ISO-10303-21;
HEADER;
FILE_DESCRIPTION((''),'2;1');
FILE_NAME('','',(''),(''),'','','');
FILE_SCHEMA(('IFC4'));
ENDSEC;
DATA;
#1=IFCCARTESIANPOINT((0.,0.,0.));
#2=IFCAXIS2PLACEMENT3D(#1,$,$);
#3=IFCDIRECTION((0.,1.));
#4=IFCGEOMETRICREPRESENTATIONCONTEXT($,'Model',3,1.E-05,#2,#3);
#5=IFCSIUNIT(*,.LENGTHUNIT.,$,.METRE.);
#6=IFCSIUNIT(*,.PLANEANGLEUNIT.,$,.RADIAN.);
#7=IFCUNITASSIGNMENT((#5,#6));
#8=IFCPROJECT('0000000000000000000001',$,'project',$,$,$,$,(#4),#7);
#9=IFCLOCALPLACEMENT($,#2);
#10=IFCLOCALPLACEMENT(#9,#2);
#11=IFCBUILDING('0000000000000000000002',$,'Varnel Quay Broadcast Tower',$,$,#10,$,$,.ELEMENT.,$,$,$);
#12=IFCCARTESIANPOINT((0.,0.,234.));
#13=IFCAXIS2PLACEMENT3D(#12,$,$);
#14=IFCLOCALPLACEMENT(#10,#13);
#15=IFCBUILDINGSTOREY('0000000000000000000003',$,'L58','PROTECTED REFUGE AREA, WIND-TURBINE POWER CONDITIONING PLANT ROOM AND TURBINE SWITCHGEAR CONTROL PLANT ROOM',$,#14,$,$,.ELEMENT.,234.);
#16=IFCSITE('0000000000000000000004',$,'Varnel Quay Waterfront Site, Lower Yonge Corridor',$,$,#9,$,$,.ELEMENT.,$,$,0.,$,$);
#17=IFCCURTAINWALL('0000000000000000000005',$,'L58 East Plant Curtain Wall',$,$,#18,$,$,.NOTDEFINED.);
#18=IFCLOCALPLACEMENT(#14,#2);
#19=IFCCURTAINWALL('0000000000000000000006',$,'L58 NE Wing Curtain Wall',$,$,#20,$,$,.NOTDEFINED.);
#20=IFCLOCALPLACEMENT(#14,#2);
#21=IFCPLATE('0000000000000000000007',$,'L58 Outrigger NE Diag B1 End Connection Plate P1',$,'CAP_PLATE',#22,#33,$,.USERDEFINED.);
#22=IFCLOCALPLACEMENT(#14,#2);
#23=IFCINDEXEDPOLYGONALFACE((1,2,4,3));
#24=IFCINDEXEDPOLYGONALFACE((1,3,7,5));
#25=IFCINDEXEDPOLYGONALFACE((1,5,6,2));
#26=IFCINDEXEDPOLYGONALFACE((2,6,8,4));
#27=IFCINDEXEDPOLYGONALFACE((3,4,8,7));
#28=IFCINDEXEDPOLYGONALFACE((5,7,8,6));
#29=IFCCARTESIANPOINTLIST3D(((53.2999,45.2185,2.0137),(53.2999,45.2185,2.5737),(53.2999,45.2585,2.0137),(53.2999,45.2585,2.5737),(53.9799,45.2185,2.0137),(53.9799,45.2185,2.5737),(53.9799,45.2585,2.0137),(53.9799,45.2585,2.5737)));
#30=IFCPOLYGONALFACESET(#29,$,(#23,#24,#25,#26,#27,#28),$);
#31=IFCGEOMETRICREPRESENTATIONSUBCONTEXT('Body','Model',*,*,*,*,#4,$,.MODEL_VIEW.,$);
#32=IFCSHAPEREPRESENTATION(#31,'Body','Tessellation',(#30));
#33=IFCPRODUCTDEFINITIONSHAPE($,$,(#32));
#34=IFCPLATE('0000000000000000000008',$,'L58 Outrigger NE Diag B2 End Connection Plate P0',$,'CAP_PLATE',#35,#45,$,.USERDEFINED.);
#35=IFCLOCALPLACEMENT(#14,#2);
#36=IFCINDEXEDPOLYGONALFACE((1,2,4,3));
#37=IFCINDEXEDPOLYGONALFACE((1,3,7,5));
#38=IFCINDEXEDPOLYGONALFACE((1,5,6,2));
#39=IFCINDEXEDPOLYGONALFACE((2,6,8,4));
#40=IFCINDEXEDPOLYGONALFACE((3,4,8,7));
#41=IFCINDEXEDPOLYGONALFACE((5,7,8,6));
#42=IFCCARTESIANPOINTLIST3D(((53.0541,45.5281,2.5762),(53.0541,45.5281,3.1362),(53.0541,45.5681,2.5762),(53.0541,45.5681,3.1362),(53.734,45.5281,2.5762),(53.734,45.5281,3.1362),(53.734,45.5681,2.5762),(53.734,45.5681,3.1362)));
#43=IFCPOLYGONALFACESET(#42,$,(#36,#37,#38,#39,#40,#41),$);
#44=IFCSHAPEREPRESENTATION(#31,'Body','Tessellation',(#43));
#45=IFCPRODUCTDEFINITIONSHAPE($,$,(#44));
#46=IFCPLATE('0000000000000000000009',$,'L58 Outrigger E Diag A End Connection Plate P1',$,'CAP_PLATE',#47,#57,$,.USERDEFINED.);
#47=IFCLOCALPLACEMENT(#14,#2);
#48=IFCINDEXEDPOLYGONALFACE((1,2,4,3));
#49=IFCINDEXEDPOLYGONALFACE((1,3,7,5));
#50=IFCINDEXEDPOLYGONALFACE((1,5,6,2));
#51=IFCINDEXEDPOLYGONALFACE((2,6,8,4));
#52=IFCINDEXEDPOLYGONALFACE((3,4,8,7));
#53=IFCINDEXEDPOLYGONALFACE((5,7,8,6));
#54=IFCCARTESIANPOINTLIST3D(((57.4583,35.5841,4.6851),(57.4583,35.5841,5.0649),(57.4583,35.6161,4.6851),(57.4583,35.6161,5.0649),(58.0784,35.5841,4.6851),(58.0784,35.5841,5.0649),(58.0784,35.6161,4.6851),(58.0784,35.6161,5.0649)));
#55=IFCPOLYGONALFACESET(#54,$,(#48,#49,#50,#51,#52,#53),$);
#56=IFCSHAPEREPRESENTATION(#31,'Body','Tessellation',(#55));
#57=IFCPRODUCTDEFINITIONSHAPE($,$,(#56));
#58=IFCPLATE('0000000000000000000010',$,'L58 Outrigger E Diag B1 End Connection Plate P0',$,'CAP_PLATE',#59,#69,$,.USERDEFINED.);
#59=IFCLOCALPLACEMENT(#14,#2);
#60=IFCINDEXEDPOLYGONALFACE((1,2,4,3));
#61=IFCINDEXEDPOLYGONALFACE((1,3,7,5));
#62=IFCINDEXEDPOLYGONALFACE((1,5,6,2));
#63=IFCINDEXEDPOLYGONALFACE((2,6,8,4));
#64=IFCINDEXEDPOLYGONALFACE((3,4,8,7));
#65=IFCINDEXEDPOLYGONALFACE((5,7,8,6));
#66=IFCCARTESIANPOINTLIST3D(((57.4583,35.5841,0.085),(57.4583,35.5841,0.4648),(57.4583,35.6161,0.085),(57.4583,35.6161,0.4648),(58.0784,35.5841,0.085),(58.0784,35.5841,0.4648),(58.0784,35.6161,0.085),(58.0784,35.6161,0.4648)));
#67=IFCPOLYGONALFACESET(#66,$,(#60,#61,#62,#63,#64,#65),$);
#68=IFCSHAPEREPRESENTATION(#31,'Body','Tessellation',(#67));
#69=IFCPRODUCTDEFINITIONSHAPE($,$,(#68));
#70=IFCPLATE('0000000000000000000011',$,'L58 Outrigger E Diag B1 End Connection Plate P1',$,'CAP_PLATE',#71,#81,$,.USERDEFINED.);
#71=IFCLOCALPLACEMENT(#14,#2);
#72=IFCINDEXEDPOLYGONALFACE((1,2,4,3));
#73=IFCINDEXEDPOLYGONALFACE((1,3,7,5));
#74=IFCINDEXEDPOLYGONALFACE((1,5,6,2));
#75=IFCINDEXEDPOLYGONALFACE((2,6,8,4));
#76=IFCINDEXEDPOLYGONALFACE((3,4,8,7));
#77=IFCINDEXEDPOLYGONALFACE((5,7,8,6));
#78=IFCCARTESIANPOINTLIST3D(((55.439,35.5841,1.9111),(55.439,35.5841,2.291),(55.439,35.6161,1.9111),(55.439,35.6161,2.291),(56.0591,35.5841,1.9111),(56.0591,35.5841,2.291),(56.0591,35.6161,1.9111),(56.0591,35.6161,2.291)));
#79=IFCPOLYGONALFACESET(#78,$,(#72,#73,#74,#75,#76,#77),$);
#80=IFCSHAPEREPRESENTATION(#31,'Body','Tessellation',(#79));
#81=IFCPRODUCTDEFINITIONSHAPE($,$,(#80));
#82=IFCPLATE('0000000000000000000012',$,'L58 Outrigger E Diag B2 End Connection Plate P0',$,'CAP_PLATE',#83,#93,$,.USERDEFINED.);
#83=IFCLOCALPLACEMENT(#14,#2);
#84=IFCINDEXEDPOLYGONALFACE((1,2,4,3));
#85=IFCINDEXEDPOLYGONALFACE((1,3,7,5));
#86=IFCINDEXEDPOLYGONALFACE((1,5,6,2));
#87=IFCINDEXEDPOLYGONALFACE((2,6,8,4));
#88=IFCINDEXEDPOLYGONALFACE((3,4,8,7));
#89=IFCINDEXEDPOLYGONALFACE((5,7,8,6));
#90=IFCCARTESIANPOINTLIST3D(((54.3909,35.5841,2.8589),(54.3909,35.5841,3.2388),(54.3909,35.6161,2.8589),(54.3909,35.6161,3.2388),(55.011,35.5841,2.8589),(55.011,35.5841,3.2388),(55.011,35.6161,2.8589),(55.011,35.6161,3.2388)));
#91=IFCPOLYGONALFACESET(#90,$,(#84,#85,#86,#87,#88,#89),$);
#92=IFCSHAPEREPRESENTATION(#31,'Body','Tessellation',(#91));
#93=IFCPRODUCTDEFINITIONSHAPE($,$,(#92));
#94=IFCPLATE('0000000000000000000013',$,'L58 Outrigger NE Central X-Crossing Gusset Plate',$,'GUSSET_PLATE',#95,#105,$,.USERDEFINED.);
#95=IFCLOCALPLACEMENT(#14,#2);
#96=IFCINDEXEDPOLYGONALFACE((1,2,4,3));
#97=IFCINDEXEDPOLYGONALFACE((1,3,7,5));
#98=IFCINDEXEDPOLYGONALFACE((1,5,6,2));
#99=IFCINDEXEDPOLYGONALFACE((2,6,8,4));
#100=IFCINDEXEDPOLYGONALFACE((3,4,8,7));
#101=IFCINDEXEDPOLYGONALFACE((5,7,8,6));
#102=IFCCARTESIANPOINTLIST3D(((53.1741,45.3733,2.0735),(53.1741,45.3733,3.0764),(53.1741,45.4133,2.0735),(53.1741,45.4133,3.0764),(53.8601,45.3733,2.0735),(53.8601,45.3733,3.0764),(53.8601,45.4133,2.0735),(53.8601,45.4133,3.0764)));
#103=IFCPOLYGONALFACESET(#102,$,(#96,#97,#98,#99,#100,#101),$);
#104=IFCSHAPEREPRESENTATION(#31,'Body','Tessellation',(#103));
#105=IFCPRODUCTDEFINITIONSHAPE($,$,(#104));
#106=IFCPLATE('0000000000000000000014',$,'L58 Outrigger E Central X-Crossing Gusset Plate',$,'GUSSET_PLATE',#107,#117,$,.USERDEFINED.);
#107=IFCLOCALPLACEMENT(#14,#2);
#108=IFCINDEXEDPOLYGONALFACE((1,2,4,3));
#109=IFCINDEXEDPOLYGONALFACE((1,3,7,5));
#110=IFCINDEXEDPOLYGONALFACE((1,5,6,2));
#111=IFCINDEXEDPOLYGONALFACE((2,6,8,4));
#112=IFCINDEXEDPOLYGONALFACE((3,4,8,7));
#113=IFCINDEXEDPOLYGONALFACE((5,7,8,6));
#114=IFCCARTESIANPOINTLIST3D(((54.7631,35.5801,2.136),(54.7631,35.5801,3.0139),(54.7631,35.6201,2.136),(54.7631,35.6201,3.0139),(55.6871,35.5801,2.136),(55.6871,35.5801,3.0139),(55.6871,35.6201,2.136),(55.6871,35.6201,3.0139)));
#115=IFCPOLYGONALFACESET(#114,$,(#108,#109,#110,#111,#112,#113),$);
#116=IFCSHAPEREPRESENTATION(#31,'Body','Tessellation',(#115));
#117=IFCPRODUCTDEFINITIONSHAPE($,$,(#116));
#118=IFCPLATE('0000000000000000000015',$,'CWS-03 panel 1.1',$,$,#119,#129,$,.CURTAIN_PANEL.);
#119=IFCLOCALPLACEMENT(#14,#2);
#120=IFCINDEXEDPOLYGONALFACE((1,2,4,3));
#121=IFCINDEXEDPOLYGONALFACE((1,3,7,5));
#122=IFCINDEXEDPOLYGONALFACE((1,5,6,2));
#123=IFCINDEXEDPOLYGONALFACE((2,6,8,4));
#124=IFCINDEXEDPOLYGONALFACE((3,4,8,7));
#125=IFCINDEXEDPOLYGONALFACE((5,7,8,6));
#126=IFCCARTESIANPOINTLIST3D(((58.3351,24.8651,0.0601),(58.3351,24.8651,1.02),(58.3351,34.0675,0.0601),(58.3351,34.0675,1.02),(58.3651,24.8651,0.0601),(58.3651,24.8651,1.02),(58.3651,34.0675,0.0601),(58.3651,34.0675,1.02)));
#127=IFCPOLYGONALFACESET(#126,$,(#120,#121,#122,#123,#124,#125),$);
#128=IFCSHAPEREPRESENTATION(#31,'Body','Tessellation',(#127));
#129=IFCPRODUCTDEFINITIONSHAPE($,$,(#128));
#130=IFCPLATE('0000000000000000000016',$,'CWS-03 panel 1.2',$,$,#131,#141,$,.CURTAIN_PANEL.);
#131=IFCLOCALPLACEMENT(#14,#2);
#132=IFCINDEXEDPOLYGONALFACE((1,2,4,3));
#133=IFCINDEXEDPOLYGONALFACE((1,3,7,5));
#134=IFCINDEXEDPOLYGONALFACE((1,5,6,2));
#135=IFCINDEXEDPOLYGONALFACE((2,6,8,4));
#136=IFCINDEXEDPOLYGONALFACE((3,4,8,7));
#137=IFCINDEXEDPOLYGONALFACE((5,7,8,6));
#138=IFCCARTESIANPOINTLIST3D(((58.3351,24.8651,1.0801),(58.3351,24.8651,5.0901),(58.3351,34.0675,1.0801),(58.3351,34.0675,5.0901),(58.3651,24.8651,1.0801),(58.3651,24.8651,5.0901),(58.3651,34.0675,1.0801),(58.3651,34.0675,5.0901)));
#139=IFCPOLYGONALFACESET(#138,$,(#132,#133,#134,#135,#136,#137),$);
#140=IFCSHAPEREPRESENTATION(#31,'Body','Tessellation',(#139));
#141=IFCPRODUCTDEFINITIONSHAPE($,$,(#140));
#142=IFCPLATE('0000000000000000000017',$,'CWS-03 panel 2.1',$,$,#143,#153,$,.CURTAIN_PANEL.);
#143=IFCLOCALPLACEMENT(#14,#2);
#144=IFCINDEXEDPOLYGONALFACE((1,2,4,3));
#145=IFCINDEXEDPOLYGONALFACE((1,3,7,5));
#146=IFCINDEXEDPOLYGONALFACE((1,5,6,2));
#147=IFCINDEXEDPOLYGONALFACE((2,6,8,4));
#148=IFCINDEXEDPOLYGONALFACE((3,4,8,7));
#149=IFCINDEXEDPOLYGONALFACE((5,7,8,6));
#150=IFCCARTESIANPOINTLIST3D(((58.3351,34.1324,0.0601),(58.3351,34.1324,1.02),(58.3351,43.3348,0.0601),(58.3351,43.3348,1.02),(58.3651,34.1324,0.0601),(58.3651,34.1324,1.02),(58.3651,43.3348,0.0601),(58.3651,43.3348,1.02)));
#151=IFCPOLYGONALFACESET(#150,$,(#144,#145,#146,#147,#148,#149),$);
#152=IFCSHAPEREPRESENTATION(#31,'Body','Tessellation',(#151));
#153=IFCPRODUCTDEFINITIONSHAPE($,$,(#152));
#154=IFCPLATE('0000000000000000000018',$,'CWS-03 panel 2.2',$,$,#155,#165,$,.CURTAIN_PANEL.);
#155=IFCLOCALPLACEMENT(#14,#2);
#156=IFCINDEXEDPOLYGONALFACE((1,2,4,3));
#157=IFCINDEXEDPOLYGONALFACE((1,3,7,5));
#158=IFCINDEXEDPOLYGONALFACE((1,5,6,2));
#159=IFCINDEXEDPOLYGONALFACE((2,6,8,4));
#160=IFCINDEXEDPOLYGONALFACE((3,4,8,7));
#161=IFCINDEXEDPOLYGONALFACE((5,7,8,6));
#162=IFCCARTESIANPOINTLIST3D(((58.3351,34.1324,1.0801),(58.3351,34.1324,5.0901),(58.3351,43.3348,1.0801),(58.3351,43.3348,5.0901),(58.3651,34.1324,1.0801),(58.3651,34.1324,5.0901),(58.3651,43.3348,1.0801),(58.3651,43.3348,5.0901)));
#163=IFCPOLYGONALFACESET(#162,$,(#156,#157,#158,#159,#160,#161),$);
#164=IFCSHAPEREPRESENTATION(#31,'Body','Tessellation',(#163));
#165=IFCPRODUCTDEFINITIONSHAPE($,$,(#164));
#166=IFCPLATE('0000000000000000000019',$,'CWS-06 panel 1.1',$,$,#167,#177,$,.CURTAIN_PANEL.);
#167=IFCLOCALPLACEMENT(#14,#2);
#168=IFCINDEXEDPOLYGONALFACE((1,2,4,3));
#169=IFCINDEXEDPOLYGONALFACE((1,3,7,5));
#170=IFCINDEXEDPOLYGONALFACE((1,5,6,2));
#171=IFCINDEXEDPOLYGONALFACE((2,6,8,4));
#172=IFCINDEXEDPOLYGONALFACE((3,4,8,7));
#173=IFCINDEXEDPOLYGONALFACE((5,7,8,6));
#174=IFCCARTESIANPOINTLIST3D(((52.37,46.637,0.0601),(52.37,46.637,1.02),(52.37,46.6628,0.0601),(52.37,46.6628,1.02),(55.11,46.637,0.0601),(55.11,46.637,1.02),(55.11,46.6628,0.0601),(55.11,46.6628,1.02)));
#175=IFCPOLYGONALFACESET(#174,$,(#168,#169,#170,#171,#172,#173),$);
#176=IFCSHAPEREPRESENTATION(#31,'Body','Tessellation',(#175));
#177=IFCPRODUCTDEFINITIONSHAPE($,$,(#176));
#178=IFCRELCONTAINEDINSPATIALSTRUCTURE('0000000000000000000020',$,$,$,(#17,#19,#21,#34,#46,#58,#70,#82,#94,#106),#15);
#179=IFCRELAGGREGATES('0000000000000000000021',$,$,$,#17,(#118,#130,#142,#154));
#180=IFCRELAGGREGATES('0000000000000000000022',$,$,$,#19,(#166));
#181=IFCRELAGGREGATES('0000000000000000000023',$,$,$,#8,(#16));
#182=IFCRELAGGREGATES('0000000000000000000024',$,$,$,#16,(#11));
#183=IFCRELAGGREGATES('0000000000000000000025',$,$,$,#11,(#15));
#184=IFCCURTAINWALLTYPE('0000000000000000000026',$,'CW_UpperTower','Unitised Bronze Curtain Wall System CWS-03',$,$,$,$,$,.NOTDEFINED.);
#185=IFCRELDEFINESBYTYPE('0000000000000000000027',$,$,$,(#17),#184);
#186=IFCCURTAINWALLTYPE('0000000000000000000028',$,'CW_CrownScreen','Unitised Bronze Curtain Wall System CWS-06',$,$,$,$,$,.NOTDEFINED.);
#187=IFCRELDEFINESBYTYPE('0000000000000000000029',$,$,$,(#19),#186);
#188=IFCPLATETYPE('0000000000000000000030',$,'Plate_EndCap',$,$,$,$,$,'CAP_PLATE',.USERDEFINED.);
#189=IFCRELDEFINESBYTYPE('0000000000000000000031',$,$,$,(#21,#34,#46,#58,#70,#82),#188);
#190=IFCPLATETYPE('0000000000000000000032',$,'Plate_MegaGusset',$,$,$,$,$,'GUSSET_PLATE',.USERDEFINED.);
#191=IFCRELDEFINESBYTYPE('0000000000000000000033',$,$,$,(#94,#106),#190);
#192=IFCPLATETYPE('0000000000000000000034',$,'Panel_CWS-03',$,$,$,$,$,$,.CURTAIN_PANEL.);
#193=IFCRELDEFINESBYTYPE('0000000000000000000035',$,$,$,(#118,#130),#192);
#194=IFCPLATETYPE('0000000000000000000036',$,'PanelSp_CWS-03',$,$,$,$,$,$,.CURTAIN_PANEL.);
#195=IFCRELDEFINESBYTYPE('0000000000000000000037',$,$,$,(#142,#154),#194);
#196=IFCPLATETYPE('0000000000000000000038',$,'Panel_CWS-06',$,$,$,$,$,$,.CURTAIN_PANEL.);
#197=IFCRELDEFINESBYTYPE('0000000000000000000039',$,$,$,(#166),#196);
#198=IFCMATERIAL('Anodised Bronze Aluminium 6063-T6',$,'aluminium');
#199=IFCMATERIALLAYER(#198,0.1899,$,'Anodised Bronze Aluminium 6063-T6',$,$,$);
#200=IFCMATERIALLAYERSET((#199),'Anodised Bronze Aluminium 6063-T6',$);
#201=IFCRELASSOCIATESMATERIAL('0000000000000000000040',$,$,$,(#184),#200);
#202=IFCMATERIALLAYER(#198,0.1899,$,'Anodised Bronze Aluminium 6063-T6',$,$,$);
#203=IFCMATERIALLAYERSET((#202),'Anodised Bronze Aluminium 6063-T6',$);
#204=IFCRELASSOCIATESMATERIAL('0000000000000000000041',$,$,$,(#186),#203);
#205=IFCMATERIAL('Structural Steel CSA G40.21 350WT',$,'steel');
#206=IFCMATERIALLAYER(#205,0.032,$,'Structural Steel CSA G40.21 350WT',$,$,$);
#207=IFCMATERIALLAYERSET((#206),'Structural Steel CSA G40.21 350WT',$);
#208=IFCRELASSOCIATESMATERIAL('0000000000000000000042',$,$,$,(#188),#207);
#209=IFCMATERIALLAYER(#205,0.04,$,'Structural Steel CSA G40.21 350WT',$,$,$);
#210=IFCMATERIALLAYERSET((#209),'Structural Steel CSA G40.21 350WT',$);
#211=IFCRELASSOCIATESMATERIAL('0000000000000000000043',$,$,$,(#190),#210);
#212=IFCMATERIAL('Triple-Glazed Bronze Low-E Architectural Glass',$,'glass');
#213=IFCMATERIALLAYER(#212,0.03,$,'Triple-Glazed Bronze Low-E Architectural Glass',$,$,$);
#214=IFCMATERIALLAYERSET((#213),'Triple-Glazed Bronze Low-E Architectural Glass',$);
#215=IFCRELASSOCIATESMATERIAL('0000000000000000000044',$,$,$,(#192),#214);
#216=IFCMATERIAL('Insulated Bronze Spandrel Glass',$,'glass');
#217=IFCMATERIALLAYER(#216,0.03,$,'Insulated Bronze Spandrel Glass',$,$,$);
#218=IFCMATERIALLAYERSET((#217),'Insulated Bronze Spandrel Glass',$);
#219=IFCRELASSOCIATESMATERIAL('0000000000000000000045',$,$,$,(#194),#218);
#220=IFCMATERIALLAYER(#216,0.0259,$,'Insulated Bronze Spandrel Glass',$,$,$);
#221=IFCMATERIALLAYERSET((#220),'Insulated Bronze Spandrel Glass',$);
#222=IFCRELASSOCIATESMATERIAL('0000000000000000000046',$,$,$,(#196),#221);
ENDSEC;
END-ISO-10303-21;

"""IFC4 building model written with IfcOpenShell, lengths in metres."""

from ifc_helpers import new_model, si_unit, direction, frame, origin, origin_2d, place, context, subcontext, project, spatial, rectangle, extrude, source, transform, mapped, material, layer, layer_set, type_object, type_shapes, element, aggregate, save


model = new_model("IFC4")

# Units and contexts
model_context = context("Model", 3, precision=1e-05, world=origin(), true_north=direction((0.0, 1.0)))
body_context = subcontext(model_context, "Body", "Model", "MODEL_VIEW")
ifc_project = project(units=[si_unit("LENGTHUNIT", "METRE"), si_unit("PLANEANGLEUNIT", "RADIAN")], contexts=[model_context])

# Site, building, storey
site_placement = place(None, origin())
site = spatial("IfcSite", under=ifc_project, at=site_placement, Name="Varnel Quay Waterfront Site, Lower Yonge Corridor", CompositionType="ELEMENT", RefElevation=0.0)
building_placement = place(site_placement, origin())
building = spatial("IfcBuilding", under=site, at=building_placement, Name="Varnel Quay Broadcast Tower", CompositionType="ELEMENT")
storey_placement = place(building_placement, frame((0.0, 0.0, 234.0)))
storey = spatial("IfcBuildingStorey", under=building, at=storey_placement, Name="L58", Description="PROTECTED REFUGE AREA, WIND-TURBINE POWER CONDITIONING PLANT ROOM AND TURBINE SWITCHGEAR CONTROL PLANT ROOM", CompositionType="ELEMENT", Elevation=234.0)

# Shared definitions
ifc_material_1 = material(Name="Structural Steel CSA G40.21 350WT", Category="steel")

# Curtain wall
ifc_material_2 = material(Name="Anodised Bronze Aluminium 6063-T6", Category="aluminium")
ifc_layer_1 = layer(ifc_material_2, 0.1899, Name="Anodised Bronze Aluminium 6063-T6")
ifc_layer_set_1 = layer_set([ifc_layer_1], Name="Anodised Bronze Aluminium 6063-T6")
curtain_wall_type_1 = type_object("IfcCurtainWallType", Name="CW_UpperTower", Description="Unitised Bronze Curtain Wall System CWS-03", PredefinedType="NOTDEFINED", material=ifc_layer_set_1)
curtain_wall_1_placement = place(storey_placement, origin())
curtain_wall_1 = element("IfcCurtainWall", 1, at=curtain_wall_1_placement, inside=storey, type_object=curtain_wall_type_1, Name="L58 East Plant Curtain Wall", PredefinedType="NOTDEFINED")

# Curtain wall
ifc_layer_2 = layer(ifc_material_2, 0.1899, Name="Anodised Bronze Aluminium 6063-T6")
ifc_layer_set_2 = layer_set([ifc_layer_2], Name="Anodised Bronze Aluminium 6063-T6")
curtain_wall_type_2 = type_object("IfcCurtainWallType", Name="CW_CrownScreen", Description="Unitised Bronze Curtain Wall System CWS-06", PredefinedType="NOTDEFINED", material=ifc_layer_set_2)
curtain_wall_2_placement = place(storey_placement, origin())
curtain_wall_2 = element("IfcCurtainWall", 2, at=curtain_wall_2_placement, inside=storey, type_object=curtain_wall_type_2, Name="L58 NE Wing Curtain Wall", PredefinedType="NOTDEFINED")

# Plates
ifc_layer_3 = layer(ifc_material_1, 0.032, Name="Structural Steel CSA G40.21 350WT")
ifc_layer_set_3 = layer_set([ifc_layer_3], Name="Structural Steel CSA G40.21 350WT")
plate_type_1 = type_object("IfcPlateType", Name="Plate_EndCap", ElementType="CAP_PLATE", PredefinedType="USERDEFINED", material=ifc_layer_set_3)
shared_shape_1 = source(origin(), body_context, "Body", "SweptSolid", [
    extrude(rectangle(XDim=0.6799, YDim=0.04, at=origin_2d()), origin(), (0.0, 0.0, 1.0), 0.5601),
])
for number, where, z_axis, x_axis, name in (
    (3, (53.6399, 45.2385, 2.0137), (0.0, 0.0, 1.0), (1.0, 0.0, 0.0), "L58 Outrigger NE Diag B1 End Connection Plate P1"),
    (4, (53.394, 45.5481, 2.5762), (0.0, 0.0, 1.0), (1.0, 0.0, 0.0), "L58 Outrigger NE Diag B2 End Connection Plate P0"),
):
    element("IfcPlate", number, at=place(storey_placement, frame(where, z_axis=z_axis, x_axis=x_axis)), inside=storey, type_object=plate_type_1, Name=name, ObjectType="CAP_PLATE", PredefinedType="USERDEFINED", context=body_context, shape_type="MappedRepresentation", body=[
        mapped(shared_shape_1, transform((0.0, 0.0, 0.0), x_axis=(1.0, 0.0, 0.0), y_axis=(0.0, 1.0, 0.0), z_axis=(0.0, 0.0, 1.0), scale=1.0)),
    ])
shared_shape_2 = source(origin(), body_context, "Body", "SweptSolid", [
    extrude(rectangle(XDim=0.6201, YDim=0.032, at=origin_2d()), origin(), (0.0, 0.0, 1.0), 0.3799),
])
for number, where, z_axis, x_axis, name in (
    (5, (57.7683, 35.6001, 4.6851), (0.0, 0.0, 1.0), (1.0, 0.0, 0.0), "L58 Outrigger E Diag A End Connection Plate P1"),
    (6, (57.7683, 35.6001, 0.085), (0.0, 0.0, 1.0), (1.0, 0.0, 0.0), "L58 Outrigger E Diag B1 End Connection Plate P0"),
    (7, (55.749, 35.6001, 1.9111), (0.0, 0.0, 1.0), (1.0, 0.0, 0.0), "L58 Outrigger E Diag B1 End Connection Plate P1"),
    (8, (54.7009, 35.6001, 2.8589), (0.0, 0.0, 1.0), (1.0, 0.0, 0.0), "L58 Outrigger E Diag B2 End Connection Plate P0"),
):
    element("IfcPlate", number, at=place(storey_placement, frame(where, z_axis=z_axis, x_axis=x_axis)), inside=storey, type_object=plate_type_1, Name=name, ObjectType="CAP_PLATE", PredefinedType="USERDEFINED", context=body_context, shape_type="MappedRepresentation", body=[
        mapped(shared_shape_2, transform((0.0, 0.0, 0.0), x_axis=(1.0, 0.0, 0.0), y_axis=(0.0, 1.0, 0.0), z_axis=(0.0, 0.0, 1.0), scale=1.0)),
    ])
ifc_layer_4 = layer(ifc_material_1, 0.04, Name="Structural Steel CSA G40.21 350WT")
ifc_layer_set_4 = layer_set([ifc_layer_4], Name="Structural Steel CSA G40.21 350WT")
plate_type_2 = type_object("IfcPlateType", Name="Plate_MegaGusset", ElementType="GUSSET_PLATE", PredefinedType="USERDEFINED", material=ifc_layer_set_4)
shared_shape_3 = source(origin(), body_context, "Body", "SweptSolid", [
    extrude(rectangle(XDim=0.686, YDim=0.04, at=origin_2d()), origin(), (0.0, 0.0, 1.0), 1.0029),
])
plate_1_placement = place(storey_placement, frame((53.5171, 45.3933, 2.0735), z_axis=(0.0, 0.0, 1.0), x_axis=(1.0, 0.0, 0.0)))
element("IfcPlate", 9, at=plate_1_placement, inside=storey, type_object=plate_type_2, Name="L58 Outrigger NE Central X-Crossing Gusset Plate", ObjectType="GUSSET_PLATE", PredefinedType="USERDEFINED", context=body_context, shape_type="MappedRepresentation", body=[
    mapped(shared_shape_3, transform((0.0, 0.0, 0.0), x_axis=(1.0, 0.0, 0.0), y_axis=(0.0, 1.0, 0.0), z_axis=(0.0, 0.0, 1.0), scale=1.0)),
])
shared_shape_4 = source(origin(), body_context, "Body", "SweptSolid", [
    extrude(rectangle(XDim=0.9241, YDim=0.04, at=origin_2d()), origin(), (0.0, 0.0, 1.0), 0.8779),
])
type_shapes(plate_type_2, [shared_shape_3, shared_shape_4])
plate_2_placement = place(storey_placement, frame((55.2251, 35.6001, 2.136), z_axis=(0.0, 0.0, 1.0), x_axis=(1.0, 0.0, 0.0)))
element("IfcPlate", 10, at=plate_2_placement, inside=storey, type_object=plate_type_2, Name="L58 Outrigger E Central X-Crossing Gusset Plate", ObjectType="GUSSET_PLATE", PredefinedType="USERDEFINED", context=body_context, shape_type="MappedRepresentation", body=[
    mapped(shared_shape_4, transform((0.0, 0.0, 0.0), x_axis=(1.0, 0.0, 0.0), y_axis=(0.0, 1.0, 0.0), z_axis=(0.0, 0.0, 1.0), scale=1.0)),
])

# Plates
ifc_material_3 = material(Name="Triple-Glazed Bronze Low-E Architectural Glass", Category="glass")
ifc_layer_5 = layer(ifc_material_3, 0.03, Name="Triple-Glazed Bronze Low-E Architectural Glass")
ifc_layer_set_5 = layer_set([ifc_layer_5], Name="Triple-Glazed Bronze Low-E Architectural Glass")
plate_type_3 = type_object("IfcPlateType", Name="Panel_CWS-03", PredefinedType="CURTAIN_PANEL", material=ifc_layer_set_5)
shared_shape_5 = source(origin(), body_context, "Body", "SweptSolid", [
    extrude(rectangle(XDim=9.2024, YDim=0.03, at=origin_2d()), origin(), (0.0, 0.0, 1.0), 0.96),
])
plate_3_placement = place(storey_placement, frame((58.3501, 29.4663, 0.0601), z_axis=(0.0, 0.0, 1.0), x_axis=(0.0, 1.0, 0.0)))
plate_3 = element("IfcPlate", 11, at=plate_3_placement, type_object=plate_type_3, Name="CWS-03 panel 1.1", PredefinedType="CURTAIN_PANEL", context=body_context, shape_type="MappedRepresentation", body=[
    mapped(shared_shape_5, transform((0.0, 0.0, 0.0), x_axis=(1.0, 0.0, 0.0), y_axis=(0.0, 1.0, 0.0), z_axis=(0.0, 0.0, 1.0), scale=1.0)),
])
shared_shape_6 = source(origin(), body_context, "Body", "SweptSolid", [
    extrude(rectangle(XDim=9.2024, YDim=0.03, at=origin_2d()), origin(), (0.0, 0.0, 1.0), 4.01),
])
type_shapes(plate_type_3, [shared_shape_5, shared_shape_6])
plate_4_placement = place(storey_placement, frame((58.3501, 29.4663, 1.0801), z_axis=(0.0, 0.0, 1.0), x_axis=(0.0, 1.0, 0.0)))
plate_4 = element("IfcPlate", 12, at=plate_4_placement, type_object=plate_type_3, Name="CWS-03 panel 1.2", PredefinedType="CURTAIN_PANEL", context=body_context, shape_type="MappedRepresentation", body=[
    mapped(shared_shape_6, transform((0.0, 0.0, 0.0), x_axis=(1.0, 0.0, 0.0), y_axis=(0.0, 1.0, 0.0), z_axis=(0.0, 0.0, 1.0), scale=1.0)),
])
ifc_material_4 = material(Name="Insulated Bronze Spandrel Glass", Category="glass")
ifc_layer_6 = layer(ifc_material_4, 0.03, Name="Insulated Bronze Spandrel Glass")
ifc_layer_set_6 = layer_set([ifc_layer_6], Name="Insulated Bronze Spandrel Glass")
plate_type_4 = type_object("IfcPlateType", Name="PanelSp_CWS-03", PredefinedType="CURTAIN_PANEL", material=ifc_layer_set_6)
shared_shape_7 = source(origin(), body_context, "Body", "SweptSolid", [
    extrude(rectangle(XDim=9.2024, YDim=0.03, at=origin_2d()), origin(), (0.0, 0.0, 1.0), 0.96),
])
plate_5_placement = place(storey_placement, frame((58.3501, 38.7336, 0.0601), z_axis=(0.0, 0.0, 1.0), x_axis=(0.0, 1.0, 0.0)))
plate_5 = element("IfcPlate", 13, at=plate_5_placement, type_object=plate_type_4, Name="CWS-03 panel 2.1", PredefinedType="CURTAIN_PANEL", context=body_context, shape_type="MappedRepresentation", body=[
    mapped(shared_shape_7, transform((0.0, 0.0, 0.0), x_axis=(1.0, 0.0, 0.0), y_axis=(0.0, 1.0, 0.0), z_axis=(0.0, 0.0, 1.0), scale=1.0)),
])
shared_shape_8 = source(origin(), body_context, "Body", "SweptSolid", [
    extrude(rectangle(XDim=9.2024, YDim=0.03, at=origin_2d()), origin(), (0.0, 0.0, 1.0), 4.01),
])
type_shapes(plate_type_4, [shared_shape_7, shared_shape_8])
plate_6_placement = place(storey_placement, frame((58.3501, 38.7336, 1.0801), z_axis=(0.0, 0.0, 1.0), x_axis=(0.0, 1.0, 0.0)))
plate_6 = element("IfcPlate", 14, at=plate_6_placement, type_object=plate_type_4, Name="CWS-03 panel 2.2", PredefinedType="CURTAIN_PANEL", context=body_context, shape_type="MappedRepresentation", body=[
    mapped(shared_shape_8, transform((0.0, 0.0, 0.0), x_axis=(1.0, 0.0, 0.0), y_axis=(0.0, 1.0, 0.0), z_axis=(0.0, 0.0, 1.0), scale=1.0)),
])
aggregate(curtain_wall_1, [plate_3, plate_4, plate_5, plate_6])
ifc_layer_7 = layer(ifc_material_4, 0.0259, Name="Insulated Bronze Spandrel Glass")
ifc_layer_set_7 = layer_set([ifc_layer_7], Name="Insulated Bronze Spandrel Glass")
plate_type_5 = type_object("IfcPlateType", Name="Panel_CWS-06", PredefinedType="CURTAIN_PANEL", material=ifc_layer_set_7)
shared_shape_9 = source(origin(), body_context, "Body", "SweptSolid", [
    extrude(rectangle(XDim=2.74, YDim=0.0259, at=origin_2d()), origin(), (0.0, 0.0, 1.0), 0.96),
])
plate_7_placement = place(storey_placement, frame((53.74, 46.6499, 0.0601), z_axis=(0.0, 0.0, 1.0), x_axis=(1.0, 0.0, 0.0)))
plate_7 = element("IfcPlate", 15, at=plate_7_placement, type_object=plate_type_5, Name="CWS-06 panel 1.1", PredefinedType="CURTAIN_PANEL", context=body_context, shape_type="MappedRepresentation", body=[
    mapped(shared_shape_9, transform((0.0, 0.0, 0.0), x_axis=(1.0, 0.0, 0.0), y_axis=(0.0, 1.0, 0.0), z_axis=(0.0, 0.0, 1.0), scale=1.0)),
])
aggregate(curtain_wall_2, [plate_7])

save(model, "model.ifc")
